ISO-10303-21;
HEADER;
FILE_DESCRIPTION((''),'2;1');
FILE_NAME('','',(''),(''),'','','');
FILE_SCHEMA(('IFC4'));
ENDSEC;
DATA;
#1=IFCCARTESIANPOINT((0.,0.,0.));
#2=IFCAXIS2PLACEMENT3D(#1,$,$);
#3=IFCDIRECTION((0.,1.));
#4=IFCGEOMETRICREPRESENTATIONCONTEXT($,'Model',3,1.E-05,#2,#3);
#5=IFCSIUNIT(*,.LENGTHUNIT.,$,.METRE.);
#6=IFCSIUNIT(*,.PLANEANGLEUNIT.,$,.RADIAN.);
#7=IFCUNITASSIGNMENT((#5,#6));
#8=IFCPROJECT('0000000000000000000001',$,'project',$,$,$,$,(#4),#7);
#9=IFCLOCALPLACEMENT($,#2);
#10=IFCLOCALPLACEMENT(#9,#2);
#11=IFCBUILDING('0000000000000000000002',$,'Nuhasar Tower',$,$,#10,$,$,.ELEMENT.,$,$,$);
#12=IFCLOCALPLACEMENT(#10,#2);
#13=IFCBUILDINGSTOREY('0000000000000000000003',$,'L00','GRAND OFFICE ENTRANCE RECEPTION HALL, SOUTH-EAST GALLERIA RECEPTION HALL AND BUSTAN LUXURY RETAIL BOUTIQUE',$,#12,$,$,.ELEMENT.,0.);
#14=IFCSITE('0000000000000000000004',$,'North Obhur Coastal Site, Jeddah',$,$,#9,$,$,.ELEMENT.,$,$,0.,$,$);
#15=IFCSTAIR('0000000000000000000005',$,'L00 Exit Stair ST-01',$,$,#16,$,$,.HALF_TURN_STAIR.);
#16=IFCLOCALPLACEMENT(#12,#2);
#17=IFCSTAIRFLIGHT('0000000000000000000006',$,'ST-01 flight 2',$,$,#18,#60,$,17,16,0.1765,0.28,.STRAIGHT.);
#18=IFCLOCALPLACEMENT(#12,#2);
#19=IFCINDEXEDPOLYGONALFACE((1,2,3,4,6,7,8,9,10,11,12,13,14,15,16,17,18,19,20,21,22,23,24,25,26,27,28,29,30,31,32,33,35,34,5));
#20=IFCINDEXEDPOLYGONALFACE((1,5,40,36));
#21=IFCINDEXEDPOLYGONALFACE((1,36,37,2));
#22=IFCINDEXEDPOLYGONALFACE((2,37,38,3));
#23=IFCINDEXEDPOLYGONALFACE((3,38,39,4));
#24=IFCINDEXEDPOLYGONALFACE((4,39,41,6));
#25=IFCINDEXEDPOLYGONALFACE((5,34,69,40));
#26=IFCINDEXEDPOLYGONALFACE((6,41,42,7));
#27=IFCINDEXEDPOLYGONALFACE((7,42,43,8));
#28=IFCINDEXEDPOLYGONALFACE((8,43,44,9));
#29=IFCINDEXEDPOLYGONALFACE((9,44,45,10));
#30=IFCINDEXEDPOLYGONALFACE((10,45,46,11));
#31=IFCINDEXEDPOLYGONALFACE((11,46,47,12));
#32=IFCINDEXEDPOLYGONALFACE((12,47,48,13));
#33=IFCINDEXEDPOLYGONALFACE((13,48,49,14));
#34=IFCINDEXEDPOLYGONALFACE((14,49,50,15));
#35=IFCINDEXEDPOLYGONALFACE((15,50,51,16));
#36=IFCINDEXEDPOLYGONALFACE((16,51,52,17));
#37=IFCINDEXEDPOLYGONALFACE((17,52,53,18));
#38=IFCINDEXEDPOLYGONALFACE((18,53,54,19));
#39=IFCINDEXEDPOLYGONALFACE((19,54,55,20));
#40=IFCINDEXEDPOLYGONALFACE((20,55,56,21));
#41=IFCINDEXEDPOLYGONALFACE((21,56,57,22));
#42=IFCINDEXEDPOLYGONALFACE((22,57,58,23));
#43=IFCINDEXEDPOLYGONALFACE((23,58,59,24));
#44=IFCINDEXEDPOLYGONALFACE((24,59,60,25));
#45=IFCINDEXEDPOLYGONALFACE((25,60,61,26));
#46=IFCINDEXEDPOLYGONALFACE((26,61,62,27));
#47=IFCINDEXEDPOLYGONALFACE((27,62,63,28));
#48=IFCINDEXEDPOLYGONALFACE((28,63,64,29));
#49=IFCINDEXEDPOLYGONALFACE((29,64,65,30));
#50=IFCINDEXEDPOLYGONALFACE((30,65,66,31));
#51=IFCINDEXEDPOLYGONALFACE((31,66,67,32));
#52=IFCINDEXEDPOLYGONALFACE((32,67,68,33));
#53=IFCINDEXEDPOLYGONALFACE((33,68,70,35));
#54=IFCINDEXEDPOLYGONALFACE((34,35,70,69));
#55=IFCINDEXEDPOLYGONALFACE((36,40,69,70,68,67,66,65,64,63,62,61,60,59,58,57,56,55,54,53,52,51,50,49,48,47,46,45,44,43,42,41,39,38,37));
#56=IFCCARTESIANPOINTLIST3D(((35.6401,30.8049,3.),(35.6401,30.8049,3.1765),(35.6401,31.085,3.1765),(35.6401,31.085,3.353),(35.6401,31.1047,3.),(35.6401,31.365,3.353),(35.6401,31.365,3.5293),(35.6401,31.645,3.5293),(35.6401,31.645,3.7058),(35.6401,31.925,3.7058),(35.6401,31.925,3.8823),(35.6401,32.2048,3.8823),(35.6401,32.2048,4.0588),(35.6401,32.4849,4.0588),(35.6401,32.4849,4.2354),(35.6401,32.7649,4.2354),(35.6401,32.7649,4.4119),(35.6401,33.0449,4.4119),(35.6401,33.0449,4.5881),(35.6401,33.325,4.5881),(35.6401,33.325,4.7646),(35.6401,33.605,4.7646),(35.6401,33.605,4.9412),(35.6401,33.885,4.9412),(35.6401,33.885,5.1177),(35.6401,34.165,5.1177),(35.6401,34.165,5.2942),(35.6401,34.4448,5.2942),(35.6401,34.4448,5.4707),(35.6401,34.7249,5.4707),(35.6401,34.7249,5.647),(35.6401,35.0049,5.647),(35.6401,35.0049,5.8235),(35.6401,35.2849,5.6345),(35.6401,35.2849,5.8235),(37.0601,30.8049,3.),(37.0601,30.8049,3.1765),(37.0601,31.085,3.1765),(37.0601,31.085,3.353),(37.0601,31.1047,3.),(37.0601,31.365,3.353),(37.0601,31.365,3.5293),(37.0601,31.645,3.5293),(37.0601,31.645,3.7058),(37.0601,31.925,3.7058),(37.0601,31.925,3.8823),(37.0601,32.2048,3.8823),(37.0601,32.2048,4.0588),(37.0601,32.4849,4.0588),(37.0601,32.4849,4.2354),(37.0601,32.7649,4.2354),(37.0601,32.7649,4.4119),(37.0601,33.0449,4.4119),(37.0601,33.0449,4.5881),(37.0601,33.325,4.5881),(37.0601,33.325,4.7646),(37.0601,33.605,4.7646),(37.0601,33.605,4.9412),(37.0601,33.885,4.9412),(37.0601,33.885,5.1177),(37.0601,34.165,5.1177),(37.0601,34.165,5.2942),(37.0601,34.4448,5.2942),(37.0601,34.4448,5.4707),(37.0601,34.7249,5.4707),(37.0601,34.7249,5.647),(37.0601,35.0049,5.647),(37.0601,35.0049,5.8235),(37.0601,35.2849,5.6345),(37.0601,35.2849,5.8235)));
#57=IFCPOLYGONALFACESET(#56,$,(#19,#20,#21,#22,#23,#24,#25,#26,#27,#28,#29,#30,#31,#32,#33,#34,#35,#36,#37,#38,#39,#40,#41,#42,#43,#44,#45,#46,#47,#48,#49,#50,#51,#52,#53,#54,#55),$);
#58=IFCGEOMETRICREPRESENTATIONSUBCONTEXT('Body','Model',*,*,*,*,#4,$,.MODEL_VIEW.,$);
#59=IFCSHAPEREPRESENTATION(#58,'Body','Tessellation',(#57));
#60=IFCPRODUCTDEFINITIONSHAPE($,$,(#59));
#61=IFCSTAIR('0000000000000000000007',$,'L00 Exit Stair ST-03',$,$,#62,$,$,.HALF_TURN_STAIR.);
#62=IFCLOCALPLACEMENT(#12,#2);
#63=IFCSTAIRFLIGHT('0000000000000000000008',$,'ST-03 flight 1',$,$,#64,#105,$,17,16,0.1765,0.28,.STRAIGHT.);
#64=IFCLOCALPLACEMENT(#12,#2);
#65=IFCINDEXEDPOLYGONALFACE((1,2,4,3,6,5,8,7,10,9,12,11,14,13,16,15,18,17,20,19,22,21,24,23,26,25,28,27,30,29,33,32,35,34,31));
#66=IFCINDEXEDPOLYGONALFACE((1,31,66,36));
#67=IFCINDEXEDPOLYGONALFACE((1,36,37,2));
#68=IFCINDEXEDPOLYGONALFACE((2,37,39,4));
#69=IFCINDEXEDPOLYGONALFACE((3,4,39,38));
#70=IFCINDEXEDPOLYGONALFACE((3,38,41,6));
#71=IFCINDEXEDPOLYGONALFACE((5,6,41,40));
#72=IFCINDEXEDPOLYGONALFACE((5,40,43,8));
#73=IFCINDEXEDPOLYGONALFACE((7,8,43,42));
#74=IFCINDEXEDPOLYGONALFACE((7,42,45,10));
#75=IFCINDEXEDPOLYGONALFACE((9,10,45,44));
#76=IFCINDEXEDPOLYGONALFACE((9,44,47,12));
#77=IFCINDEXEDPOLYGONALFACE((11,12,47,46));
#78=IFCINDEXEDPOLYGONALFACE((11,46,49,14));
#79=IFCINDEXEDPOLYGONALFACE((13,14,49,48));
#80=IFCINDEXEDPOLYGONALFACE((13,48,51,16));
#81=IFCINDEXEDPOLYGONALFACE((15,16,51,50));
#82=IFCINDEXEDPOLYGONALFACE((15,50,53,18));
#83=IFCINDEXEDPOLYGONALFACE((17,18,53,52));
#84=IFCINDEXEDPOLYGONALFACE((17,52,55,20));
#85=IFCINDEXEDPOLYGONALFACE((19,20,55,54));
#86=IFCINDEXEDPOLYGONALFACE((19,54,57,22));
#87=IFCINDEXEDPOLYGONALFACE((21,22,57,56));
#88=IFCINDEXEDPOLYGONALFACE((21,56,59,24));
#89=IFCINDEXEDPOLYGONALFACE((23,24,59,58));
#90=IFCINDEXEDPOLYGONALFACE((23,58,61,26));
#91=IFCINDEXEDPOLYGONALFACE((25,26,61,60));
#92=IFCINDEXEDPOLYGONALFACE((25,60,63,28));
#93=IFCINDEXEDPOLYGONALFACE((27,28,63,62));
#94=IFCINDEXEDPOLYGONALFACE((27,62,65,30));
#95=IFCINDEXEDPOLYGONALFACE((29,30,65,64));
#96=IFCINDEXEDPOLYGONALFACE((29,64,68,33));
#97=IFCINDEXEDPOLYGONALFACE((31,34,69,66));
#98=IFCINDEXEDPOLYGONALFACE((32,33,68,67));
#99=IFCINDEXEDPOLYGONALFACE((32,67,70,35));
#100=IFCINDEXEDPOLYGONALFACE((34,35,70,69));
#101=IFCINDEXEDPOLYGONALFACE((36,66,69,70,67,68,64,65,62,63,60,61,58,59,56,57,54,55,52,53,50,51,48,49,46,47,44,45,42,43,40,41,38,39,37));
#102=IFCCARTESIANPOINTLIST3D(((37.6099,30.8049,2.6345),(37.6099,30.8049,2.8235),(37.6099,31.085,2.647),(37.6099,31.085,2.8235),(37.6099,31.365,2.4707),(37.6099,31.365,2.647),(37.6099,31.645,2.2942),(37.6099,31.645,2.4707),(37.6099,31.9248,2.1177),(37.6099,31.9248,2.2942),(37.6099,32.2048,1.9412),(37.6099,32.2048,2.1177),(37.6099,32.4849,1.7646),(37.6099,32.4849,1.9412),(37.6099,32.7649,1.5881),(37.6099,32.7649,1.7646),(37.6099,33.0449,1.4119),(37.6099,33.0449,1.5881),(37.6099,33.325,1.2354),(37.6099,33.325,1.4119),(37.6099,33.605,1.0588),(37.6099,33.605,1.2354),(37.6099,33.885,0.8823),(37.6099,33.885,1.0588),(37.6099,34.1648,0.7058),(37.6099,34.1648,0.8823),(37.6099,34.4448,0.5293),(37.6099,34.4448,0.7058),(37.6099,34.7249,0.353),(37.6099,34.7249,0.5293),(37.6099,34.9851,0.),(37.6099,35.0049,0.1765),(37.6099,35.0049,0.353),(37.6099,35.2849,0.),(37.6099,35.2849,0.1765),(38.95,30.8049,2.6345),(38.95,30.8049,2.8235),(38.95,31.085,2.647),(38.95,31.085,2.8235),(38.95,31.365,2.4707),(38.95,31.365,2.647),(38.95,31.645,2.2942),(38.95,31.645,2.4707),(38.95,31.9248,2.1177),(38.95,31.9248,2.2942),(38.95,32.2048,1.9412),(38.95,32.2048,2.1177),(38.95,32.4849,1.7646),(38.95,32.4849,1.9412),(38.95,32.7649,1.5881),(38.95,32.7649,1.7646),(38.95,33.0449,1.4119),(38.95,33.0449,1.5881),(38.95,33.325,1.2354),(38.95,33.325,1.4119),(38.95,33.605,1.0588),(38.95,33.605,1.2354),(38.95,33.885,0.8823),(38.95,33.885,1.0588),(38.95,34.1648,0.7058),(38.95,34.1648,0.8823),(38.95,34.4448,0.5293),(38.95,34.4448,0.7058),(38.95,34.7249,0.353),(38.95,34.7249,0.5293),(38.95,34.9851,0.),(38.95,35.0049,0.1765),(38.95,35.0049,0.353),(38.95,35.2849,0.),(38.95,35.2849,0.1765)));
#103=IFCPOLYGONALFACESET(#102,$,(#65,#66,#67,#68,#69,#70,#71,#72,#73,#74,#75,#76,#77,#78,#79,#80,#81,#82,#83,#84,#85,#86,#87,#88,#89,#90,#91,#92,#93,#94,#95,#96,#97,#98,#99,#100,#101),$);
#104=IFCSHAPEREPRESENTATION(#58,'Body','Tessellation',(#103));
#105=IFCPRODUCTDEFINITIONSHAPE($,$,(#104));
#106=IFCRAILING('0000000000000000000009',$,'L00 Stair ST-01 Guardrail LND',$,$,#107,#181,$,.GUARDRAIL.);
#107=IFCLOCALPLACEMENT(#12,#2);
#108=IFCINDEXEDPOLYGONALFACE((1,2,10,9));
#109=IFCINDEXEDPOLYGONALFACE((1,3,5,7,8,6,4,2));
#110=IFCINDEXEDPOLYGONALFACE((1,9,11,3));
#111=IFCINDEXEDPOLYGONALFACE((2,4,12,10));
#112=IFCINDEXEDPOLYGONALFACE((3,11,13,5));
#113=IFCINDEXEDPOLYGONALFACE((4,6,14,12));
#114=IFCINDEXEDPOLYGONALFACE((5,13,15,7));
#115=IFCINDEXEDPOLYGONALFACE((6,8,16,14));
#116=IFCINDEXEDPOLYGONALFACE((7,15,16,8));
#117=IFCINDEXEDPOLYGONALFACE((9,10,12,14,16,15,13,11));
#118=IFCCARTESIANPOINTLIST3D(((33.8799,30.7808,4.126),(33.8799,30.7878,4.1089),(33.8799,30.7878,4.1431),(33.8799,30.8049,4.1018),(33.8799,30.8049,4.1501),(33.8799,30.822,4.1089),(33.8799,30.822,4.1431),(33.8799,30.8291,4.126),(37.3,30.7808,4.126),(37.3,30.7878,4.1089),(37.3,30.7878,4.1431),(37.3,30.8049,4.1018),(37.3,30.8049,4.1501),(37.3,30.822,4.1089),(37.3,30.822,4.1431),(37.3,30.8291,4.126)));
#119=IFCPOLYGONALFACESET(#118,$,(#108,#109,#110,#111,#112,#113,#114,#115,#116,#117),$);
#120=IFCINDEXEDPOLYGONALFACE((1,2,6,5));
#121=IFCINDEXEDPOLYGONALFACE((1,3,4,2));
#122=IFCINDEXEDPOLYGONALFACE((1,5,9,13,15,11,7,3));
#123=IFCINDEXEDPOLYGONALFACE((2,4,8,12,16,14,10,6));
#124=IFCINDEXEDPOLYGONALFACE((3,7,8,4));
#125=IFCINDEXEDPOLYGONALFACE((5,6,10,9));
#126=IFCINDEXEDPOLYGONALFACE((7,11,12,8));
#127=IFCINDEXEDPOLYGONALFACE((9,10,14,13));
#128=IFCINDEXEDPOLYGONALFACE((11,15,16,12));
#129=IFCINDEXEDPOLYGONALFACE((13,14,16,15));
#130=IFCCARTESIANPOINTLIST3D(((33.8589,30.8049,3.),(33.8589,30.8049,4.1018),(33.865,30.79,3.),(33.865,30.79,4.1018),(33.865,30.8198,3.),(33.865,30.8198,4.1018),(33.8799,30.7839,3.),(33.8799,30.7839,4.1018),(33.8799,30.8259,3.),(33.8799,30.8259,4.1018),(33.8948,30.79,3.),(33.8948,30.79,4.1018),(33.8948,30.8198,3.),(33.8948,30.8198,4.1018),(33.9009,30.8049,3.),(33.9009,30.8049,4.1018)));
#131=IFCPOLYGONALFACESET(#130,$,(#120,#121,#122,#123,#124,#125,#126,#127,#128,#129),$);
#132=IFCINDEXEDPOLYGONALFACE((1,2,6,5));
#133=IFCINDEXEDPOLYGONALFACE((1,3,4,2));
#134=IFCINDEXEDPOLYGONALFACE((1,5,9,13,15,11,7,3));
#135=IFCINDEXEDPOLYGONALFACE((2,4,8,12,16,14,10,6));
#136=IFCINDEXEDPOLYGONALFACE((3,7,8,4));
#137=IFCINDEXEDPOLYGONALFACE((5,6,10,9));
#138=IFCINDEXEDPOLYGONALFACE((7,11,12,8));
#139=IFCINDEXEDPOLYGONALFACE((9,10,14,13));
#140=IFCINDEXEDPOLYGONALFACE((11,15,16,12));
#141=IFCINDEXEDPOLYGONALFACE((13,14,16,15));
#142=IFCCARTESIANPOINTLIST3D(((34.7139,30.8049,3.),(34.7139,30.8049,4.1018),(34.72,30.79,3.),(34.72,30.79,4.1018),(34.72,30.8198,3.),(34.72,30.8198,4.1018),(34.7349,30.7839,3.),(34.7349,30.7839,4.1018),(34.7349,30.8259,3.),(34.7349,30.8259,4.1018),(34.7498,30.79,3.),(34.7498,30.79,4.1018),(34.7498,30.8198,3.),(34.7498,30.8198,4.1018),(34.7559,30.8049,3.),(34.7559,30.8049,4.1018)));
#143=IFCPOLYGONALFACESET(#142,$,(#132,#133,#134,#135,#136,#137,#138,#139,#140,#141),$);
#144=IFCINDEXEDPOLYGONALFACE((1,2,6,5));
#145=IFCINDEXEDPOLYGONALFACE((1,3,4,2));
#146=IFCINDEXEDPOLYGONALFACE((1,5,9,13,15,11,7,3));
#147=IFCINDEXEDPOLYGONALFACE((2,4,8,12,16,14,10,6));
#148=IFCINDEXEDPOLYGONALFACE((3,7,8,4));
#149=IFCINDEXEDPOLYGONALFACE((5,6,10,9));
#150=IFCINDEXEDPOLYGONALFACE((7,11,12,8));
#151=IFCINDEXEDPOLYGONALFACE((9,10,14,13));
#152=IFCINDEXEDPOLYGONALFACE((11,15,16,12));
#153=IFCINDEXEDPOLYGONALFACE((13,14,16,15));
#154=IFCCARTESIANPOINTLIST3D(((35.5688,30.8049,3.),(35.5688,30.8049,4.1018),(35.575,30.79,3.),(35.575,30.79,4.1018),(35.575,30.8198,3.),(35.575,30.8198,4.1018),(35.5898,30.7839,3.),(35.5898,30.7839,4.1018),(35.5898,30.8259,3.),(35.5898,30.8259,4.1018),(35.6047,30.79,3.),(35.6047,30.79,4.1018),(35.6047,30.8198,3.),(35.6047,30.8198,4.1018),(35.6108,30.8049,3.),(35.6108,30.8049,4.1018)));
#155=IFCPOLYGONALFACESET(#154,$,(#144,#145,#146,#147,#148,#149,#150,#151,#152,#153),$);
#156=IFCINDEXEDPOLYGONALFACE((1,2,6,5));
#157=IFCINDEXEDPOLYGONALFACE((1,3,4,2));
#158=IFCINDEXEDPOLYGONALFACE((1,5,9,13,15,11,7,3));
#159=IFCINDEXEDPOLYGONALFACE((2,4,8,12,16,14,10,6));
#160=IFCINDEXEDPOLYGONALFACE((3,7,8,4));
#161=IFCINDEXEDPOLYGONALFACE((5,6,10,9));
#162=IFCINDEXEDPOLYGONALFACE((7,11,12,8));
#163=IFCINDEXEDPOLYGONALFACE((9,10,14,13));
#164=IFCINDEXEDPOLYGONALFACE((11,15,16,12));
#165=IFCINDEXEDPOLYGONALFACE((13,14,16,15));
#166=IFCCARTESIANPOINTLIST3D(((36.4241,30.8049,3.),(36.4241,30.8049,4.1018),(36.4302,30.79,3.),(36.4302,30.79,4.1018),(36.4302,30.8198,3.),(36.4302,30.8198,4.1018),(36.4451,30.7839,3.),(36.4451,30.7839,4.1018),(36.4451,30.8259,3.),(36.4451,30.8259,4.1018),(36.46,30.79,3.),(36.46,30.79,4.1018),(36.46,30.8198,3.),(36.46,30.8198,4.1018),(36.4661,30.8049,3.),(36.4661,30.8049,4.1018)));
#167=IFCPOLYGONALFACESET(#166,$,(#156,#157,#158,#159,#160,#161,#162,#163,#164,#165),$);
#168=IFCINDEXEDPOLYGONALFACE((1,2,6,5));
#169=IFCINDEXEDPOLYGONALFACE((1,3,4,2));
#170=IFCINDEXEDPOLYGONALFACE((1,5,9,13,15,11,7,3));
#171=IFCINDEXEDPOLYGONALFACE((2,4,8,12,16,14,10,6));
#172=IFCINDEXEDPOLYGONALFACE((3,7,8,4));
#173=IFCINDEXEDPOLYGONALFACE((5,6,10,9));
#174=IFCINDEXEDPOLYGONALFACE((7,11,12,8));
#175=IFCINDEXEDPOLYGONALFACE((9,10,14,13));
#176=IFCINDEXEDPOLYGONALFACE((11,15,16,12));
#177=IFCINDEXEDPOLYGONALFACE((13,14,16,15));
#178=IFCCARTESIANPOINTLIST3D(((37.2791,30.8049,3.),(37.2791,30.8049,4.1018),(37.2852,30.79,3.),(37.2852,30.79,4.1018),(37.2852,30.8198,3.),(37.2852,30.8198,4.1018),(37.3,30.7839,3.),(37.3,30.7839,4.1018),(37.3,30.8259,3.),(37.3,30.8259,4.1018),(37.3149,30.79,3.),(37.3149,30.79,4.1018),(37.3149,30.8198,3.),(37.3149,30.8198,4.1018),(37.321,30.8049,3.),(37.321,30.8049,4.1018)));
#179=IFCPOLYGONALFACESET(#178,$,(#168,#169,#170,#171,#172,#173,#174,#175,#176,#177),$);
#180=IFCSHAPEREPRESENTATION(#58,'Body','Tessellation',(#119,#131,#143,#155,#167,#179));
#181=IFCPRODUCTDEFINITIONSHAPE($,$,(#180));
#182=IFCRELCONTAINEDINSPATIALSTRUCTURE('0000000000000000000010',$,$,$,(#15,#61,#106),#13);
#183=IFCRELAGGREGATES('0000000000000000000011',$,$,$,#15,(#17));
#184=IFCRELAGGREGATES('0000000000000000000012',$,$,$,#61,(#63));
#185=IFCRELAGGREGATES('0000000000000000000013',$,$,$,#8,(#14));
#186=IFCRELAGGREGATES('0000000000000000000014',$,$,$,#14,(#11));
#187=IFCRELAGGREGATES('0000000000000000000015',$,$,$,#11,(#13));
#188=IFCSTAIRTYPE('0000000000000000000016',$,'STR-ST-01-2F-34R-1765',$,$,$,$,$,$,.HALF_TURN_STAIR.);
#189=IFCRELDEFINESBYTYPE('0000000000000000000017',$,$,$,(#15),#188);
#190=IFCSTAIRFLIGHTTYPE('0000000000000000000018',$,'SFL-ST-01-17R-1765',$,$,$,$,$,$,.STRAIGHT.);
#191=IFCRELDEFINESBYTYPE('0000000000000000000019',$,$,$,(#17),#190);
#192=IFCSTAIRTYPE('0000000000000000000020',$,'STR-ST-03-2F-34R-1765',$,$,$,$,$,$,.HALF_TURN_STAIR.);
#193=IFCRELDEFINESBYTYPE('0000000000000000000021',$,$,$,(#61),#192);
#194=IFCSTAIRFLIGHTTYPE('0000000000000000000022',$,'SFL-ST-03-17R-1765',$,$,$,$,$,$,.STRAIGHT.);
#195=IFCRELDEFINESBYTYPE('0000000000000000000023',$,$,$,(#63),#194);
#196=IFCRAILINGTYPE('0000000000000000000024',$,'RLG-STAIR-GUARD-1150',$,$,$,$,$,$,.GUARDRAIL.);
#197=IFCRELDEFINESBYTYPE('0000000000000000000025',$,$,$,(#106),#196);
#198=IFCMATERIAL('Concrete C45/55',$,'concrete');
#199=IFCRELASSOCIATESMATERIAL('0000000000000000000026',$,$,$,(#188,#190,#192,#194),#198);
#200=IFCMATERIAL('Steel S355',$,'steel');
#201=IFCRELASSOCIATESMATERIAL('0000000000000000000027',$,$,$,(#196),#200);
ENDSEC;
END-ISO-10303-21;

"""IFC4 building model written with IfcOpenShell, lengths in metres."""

from ifc_helpers import new_model, si_unit, direction, frame, origin, place, context, subcontext, project, spatial, polyline, outline, extrude, material, type_object, element, aggregate, save


model = new_model("IFC4")

# Units and contexts
model_context = context("Model", 3, precision=1e-05, world=origin(), true_north=direction((0.0, 1.0)))
body_context = subcontext(model_context, "Body", "Model", "MODEL_VIEW")
ifc_project = project(units=[si_unit("LENGTHUNIT", "METRE"), si_unit("PLANEANGLEUNIT", "RADIAN")], contexts=[model_context])

# Site, building, storey
site_placement = place(None, origin())
site = spatial("IfcSite", under=ifc_project, at=site_placement, Name="North Obhur Coastal Site, Jeddah", CompositionType="ELEMENT", RefElevation=0.0)
building_placement = place(site_placement, origin())
building = spatial("IfcBuilding", under=site, at=building_placement, Name="Nuhasar Tower", CompositionType="ELEMENT")
storey_placement = place(building_placement, origin())
storey = spatial("IfcBuildingStorey", under=building, at=storey_placement, Name="L00", Description="GRAND OFFICE ENTRANCE RECEPTION HALL, SOUTH-EAST GALLERIA RECEPTION HALL AND BUSTAN LUXURY RETAIL BOUTIQUE", CompositionType="ELEMENT", Elevation=0.0)

# Shared definitions
ifc_material_1 = material(Name="Steel S355", Category="steel")

# Shared definitions
ifc_material_2 = material(Name="Concrete C45/55", Category="concrete")

# Stair, stair flight
stair_type_1 = type_object("IfcStairType", Name="STR-ST-01-2F-34R-1765", PredefinedType="HALF_TURN_STAIR", material=ifc_material_2)
stair_1_placement = place(storey_placement, origin())
stair_1 = element("IfcStair", 1, at=stair_1_placement, inside=storey, type_object=stair_type_1, Name="L00 Exit Stair ST-01", PredefinedType="HALF_TURN_STAIR")
stair_flight_type_1 = type_object("IfcStairFlightType", Name="SFL-ST-01-17R-1765", PredefinedType="STRAIGHT", material=ifc_material_2)
stair_flight_1_placement = place(storey_placement, frame((36.3501, 30.8049, 3.0), z_axis=(0.0, 0.0, 1.0), x_axis=(0.0, 1.0, 0.0)))
stair_flight_1 = element("IfcStairFlight", 2, at=stair_flight_1_placement, type_object=stair_flight_type_1, Name="ST-01 flight 2", NumberOfRisers=17, NumberOfTreads=16, PredefinedType="STRAIGHT", RiserHeight=0.1765, TreadLength=0.28, context=body_context, shape_type="SweptSolid", body=[
    extrude(outline(polyline([(0.0, 0.0), (0.0, 0.1765), (0.28, 0.1765), (0.28, 0.353), (0.5601, 0.353), (0.5601, 0.5293), (0.8401, 0.5293), (0.8401, 0.7058), (1.1201, 0.7058), (1.1201, 0.8823), (1.3999, 0.8823), (1.3999, 1.0588), (1.6799, 1.0588), (1.6799, 1.2354), (1.96, 1.2354), (1.96, 1.4119), (2.24, 1.4119), (2.24, 1.5881), (2.52, 1.5881), (2.52, 1.7646), (2.8, 1.7646), (2.8, 1.9412), (3.0801, 1.9412), (3.0801, 2.1177), (3.3601, 2.1177), (3.3601, 2.2942), (3.6399, 2.2942), (3.6399, 2.4707), (3.9199, 2.4707), (3.9199, 2.647), (4.2, 2.647), (4.2, 2.8235), (4.48, 2.8235), (4.48, 3.0), (4.48, 2.6345), (0.2998, 0.0), (0.0, 0.0)])), frame((0.0, 0.71, 0.0), z_axis=(0.0, -1.0, 0.0), x_axis=(1.0, 0.0, 0.0)), (0.0, 0.0, 1.0), 1.4199),
])
aggregate(stair_1, [stair_flight_1])

# Stair, stair flight
stair_type_2 = type_object("IfcStairType", Name="STR-ST-03-2F-34R-1765", PredefinedType="HALF_TURN_STAIR", material=ifc_material_2)
stair_2_placement = place(storey_placement, origin())
stair_2 = element("IfcStair", 3, at=stair_2_placement, inside=storey, type_object=stair_type_2, Name="L00 Exit Stair ST-03", PredefinedType="HALF_TURN_STAIR")
stair_flight_type_2 = type_object("IfcStairFlightType", Name="SFL-ST-03-17R-1765", PredefinedType="STRAIGHT", material=ifc_material_2)
stair_flight_2_placement = place(storey_placement, frame((38.28, 35.2849, 0.0), z_axis=(0.0, 0.0, 1.0), x_axis=(0.0, -1.0, 0.0)))
stair_flight_2 = element("IfcStairFlight", 4, at=stair_flight_2_placement, type_object=stair_flight_type_2, Name="ST-03 flight 1", NumberOfRisers=17, NumberOfTreads=16, PredefinedType="STRAIGHT", RiserHeight=0.1765, TreadLength=0.28, context=body_context, shape_type="SweptSolid", body=[
    extrude(outline(polyline([(0.0, 0.0), (0.0, 0.1765), (0.28, 0.1765), (0.28, 0.353), (0.5601, 0.353), (0.5601, 0.5293), (0.8401, 0.5293), (0.8401, 0.7058), (1.1201, 0.7058), (1.1201, 0.8823), (1.3999, 0.8823), (1.3999, 1.0588), (1.6799, 1.0588), (1.6799, 1.2354), (1.96, 1.2354), (1.96, 1.4119), (2.24, 1.4119), (2.24, 1.5881), (2.52, 1.5881), (2.52, 1.7646), (2.8, 1.7646), (2.8, 1.9412), (3.0801, 1.9412), (3.0801, 2.1177), (3.3601, 2.1177), (3.3601, 2.2942), (3.6399, 2.2942), (3.6399, 2.4707), (3.9199, 2.4707), (3.9199, 2.647), (4.2, 2.647), (4.2, 2.8235), (4.48, 2.8235), (4.48, 3.0), (4.48, 2.6345), (0.2998, 0.0), (0.0, 0.0)])), frame((0.0, 0.6699, 0.0), z_axis=(0.0, -1.0, 0.0), x_axis=(1.0, 0.0, 0.0)), (0.0, 0.0, 1.0), 1.3401),
])
aggregate(stair_2, [stair_flight_2])

# Railing
railing_type_1 = type_object("IfcRailingType", Name="RLG-STAIR-GUARD-1150", PredefinedType="GUARDRAIL", material=ifc_material_1)
railing_1_placement = place(storey_placement, frame((33.8799, 30.8049, 3.0)))
element("IfcRailing", 5, at=railing_1_placement, inside=storey, type_object=railing_type_1, Name="L00 Stair ST-01 Guardrail LND", PredefinedType="GUARDRAIL", context=body_context, shape_type="SweptSolid", body=[
    extrude(outline(polyline([(0.0242, 0.0), (0.0171, 0.0171), (0.0, 0.0242), (-0.0171, 0.0171), (-0.0242, 0.0), (-0.0171, -0.0171), (0.0, -0.0242), (0.0171, -0.0171), (0.0242, 0.0)])), frame((0.0, 0.0, 1.126), z_axis=(1.0, 0.0, 0.0), x_axis=(0.0, 1.0, 0.0)), (0.0, 0.0, 1.0), 3.4202),
    extrude(outline(polyline([(0.021, 0.0), (0.0149, 0.0149), (0.0, 0.021), (-0.0149, 0.0149), (-0.021, 0.0), (-0.0149, -0.0149), (0.0, -0.021), (0.0149, -0.0149), (0.021, 0.0)])), origin(), (0.0, 0.0, 1.0), 1.1018),
    extrude(outline(polyline([(0.021, 0.0), (0.0149, 0.0149), (0.0, 0.021), (-0.0149, 0.0149), (-0.021, 0.0), (-0.0149, -0.0149), (0.0, -0.021), (0.0149, -0.0149), (0.021, 0.0)])), frame((0.855, 0.0, 0.0)), (0.0, 0.0, 1.0), 1.1018),
    extrude(outline(polyline([(0.021, 0.0), (0.0149, 0.0149), (0.0, 0.021), (-0.0149, 0.0149), (-0.021, 0.0), (-0.0149, -0.0149), (0.0, -0.021), (0.0149, -0.0149), (0.021, 0.0)])), frame((1.71, 0.0, 0.0)), (0.0, 0.0, 1.0), 1.1018),
    extrude(outline(polyline([(0.021, 0.0), (0.0149, 0.0149), (0.0, 0.021), (-0.0149, 0.0149), (-0.021, 0.0), (-0.0149, -0.0149), (0.0, -0.021), (0.0149, -0.0149), (0.021, 0.0)])), frame((2.5652, 0.0, 0.0)), (0.0, 0.0, 1.0), 1.1018),
    extrude(outline(polyline([(0.021, 0.0), (0.0149, 0.0149), (0.0, 0.021), (-0.0149, 0.0149), (-0.021, 0.0), (-0.0149, -0.0149), (0.0, -0.021), (0.0149, -0.0149), (0.021, 0.0)])), frame((3.4202, 0.0, 0.0)), (0.0, 0.0, 1.0), 1.1018),
])

save(model, "model.ifc")
